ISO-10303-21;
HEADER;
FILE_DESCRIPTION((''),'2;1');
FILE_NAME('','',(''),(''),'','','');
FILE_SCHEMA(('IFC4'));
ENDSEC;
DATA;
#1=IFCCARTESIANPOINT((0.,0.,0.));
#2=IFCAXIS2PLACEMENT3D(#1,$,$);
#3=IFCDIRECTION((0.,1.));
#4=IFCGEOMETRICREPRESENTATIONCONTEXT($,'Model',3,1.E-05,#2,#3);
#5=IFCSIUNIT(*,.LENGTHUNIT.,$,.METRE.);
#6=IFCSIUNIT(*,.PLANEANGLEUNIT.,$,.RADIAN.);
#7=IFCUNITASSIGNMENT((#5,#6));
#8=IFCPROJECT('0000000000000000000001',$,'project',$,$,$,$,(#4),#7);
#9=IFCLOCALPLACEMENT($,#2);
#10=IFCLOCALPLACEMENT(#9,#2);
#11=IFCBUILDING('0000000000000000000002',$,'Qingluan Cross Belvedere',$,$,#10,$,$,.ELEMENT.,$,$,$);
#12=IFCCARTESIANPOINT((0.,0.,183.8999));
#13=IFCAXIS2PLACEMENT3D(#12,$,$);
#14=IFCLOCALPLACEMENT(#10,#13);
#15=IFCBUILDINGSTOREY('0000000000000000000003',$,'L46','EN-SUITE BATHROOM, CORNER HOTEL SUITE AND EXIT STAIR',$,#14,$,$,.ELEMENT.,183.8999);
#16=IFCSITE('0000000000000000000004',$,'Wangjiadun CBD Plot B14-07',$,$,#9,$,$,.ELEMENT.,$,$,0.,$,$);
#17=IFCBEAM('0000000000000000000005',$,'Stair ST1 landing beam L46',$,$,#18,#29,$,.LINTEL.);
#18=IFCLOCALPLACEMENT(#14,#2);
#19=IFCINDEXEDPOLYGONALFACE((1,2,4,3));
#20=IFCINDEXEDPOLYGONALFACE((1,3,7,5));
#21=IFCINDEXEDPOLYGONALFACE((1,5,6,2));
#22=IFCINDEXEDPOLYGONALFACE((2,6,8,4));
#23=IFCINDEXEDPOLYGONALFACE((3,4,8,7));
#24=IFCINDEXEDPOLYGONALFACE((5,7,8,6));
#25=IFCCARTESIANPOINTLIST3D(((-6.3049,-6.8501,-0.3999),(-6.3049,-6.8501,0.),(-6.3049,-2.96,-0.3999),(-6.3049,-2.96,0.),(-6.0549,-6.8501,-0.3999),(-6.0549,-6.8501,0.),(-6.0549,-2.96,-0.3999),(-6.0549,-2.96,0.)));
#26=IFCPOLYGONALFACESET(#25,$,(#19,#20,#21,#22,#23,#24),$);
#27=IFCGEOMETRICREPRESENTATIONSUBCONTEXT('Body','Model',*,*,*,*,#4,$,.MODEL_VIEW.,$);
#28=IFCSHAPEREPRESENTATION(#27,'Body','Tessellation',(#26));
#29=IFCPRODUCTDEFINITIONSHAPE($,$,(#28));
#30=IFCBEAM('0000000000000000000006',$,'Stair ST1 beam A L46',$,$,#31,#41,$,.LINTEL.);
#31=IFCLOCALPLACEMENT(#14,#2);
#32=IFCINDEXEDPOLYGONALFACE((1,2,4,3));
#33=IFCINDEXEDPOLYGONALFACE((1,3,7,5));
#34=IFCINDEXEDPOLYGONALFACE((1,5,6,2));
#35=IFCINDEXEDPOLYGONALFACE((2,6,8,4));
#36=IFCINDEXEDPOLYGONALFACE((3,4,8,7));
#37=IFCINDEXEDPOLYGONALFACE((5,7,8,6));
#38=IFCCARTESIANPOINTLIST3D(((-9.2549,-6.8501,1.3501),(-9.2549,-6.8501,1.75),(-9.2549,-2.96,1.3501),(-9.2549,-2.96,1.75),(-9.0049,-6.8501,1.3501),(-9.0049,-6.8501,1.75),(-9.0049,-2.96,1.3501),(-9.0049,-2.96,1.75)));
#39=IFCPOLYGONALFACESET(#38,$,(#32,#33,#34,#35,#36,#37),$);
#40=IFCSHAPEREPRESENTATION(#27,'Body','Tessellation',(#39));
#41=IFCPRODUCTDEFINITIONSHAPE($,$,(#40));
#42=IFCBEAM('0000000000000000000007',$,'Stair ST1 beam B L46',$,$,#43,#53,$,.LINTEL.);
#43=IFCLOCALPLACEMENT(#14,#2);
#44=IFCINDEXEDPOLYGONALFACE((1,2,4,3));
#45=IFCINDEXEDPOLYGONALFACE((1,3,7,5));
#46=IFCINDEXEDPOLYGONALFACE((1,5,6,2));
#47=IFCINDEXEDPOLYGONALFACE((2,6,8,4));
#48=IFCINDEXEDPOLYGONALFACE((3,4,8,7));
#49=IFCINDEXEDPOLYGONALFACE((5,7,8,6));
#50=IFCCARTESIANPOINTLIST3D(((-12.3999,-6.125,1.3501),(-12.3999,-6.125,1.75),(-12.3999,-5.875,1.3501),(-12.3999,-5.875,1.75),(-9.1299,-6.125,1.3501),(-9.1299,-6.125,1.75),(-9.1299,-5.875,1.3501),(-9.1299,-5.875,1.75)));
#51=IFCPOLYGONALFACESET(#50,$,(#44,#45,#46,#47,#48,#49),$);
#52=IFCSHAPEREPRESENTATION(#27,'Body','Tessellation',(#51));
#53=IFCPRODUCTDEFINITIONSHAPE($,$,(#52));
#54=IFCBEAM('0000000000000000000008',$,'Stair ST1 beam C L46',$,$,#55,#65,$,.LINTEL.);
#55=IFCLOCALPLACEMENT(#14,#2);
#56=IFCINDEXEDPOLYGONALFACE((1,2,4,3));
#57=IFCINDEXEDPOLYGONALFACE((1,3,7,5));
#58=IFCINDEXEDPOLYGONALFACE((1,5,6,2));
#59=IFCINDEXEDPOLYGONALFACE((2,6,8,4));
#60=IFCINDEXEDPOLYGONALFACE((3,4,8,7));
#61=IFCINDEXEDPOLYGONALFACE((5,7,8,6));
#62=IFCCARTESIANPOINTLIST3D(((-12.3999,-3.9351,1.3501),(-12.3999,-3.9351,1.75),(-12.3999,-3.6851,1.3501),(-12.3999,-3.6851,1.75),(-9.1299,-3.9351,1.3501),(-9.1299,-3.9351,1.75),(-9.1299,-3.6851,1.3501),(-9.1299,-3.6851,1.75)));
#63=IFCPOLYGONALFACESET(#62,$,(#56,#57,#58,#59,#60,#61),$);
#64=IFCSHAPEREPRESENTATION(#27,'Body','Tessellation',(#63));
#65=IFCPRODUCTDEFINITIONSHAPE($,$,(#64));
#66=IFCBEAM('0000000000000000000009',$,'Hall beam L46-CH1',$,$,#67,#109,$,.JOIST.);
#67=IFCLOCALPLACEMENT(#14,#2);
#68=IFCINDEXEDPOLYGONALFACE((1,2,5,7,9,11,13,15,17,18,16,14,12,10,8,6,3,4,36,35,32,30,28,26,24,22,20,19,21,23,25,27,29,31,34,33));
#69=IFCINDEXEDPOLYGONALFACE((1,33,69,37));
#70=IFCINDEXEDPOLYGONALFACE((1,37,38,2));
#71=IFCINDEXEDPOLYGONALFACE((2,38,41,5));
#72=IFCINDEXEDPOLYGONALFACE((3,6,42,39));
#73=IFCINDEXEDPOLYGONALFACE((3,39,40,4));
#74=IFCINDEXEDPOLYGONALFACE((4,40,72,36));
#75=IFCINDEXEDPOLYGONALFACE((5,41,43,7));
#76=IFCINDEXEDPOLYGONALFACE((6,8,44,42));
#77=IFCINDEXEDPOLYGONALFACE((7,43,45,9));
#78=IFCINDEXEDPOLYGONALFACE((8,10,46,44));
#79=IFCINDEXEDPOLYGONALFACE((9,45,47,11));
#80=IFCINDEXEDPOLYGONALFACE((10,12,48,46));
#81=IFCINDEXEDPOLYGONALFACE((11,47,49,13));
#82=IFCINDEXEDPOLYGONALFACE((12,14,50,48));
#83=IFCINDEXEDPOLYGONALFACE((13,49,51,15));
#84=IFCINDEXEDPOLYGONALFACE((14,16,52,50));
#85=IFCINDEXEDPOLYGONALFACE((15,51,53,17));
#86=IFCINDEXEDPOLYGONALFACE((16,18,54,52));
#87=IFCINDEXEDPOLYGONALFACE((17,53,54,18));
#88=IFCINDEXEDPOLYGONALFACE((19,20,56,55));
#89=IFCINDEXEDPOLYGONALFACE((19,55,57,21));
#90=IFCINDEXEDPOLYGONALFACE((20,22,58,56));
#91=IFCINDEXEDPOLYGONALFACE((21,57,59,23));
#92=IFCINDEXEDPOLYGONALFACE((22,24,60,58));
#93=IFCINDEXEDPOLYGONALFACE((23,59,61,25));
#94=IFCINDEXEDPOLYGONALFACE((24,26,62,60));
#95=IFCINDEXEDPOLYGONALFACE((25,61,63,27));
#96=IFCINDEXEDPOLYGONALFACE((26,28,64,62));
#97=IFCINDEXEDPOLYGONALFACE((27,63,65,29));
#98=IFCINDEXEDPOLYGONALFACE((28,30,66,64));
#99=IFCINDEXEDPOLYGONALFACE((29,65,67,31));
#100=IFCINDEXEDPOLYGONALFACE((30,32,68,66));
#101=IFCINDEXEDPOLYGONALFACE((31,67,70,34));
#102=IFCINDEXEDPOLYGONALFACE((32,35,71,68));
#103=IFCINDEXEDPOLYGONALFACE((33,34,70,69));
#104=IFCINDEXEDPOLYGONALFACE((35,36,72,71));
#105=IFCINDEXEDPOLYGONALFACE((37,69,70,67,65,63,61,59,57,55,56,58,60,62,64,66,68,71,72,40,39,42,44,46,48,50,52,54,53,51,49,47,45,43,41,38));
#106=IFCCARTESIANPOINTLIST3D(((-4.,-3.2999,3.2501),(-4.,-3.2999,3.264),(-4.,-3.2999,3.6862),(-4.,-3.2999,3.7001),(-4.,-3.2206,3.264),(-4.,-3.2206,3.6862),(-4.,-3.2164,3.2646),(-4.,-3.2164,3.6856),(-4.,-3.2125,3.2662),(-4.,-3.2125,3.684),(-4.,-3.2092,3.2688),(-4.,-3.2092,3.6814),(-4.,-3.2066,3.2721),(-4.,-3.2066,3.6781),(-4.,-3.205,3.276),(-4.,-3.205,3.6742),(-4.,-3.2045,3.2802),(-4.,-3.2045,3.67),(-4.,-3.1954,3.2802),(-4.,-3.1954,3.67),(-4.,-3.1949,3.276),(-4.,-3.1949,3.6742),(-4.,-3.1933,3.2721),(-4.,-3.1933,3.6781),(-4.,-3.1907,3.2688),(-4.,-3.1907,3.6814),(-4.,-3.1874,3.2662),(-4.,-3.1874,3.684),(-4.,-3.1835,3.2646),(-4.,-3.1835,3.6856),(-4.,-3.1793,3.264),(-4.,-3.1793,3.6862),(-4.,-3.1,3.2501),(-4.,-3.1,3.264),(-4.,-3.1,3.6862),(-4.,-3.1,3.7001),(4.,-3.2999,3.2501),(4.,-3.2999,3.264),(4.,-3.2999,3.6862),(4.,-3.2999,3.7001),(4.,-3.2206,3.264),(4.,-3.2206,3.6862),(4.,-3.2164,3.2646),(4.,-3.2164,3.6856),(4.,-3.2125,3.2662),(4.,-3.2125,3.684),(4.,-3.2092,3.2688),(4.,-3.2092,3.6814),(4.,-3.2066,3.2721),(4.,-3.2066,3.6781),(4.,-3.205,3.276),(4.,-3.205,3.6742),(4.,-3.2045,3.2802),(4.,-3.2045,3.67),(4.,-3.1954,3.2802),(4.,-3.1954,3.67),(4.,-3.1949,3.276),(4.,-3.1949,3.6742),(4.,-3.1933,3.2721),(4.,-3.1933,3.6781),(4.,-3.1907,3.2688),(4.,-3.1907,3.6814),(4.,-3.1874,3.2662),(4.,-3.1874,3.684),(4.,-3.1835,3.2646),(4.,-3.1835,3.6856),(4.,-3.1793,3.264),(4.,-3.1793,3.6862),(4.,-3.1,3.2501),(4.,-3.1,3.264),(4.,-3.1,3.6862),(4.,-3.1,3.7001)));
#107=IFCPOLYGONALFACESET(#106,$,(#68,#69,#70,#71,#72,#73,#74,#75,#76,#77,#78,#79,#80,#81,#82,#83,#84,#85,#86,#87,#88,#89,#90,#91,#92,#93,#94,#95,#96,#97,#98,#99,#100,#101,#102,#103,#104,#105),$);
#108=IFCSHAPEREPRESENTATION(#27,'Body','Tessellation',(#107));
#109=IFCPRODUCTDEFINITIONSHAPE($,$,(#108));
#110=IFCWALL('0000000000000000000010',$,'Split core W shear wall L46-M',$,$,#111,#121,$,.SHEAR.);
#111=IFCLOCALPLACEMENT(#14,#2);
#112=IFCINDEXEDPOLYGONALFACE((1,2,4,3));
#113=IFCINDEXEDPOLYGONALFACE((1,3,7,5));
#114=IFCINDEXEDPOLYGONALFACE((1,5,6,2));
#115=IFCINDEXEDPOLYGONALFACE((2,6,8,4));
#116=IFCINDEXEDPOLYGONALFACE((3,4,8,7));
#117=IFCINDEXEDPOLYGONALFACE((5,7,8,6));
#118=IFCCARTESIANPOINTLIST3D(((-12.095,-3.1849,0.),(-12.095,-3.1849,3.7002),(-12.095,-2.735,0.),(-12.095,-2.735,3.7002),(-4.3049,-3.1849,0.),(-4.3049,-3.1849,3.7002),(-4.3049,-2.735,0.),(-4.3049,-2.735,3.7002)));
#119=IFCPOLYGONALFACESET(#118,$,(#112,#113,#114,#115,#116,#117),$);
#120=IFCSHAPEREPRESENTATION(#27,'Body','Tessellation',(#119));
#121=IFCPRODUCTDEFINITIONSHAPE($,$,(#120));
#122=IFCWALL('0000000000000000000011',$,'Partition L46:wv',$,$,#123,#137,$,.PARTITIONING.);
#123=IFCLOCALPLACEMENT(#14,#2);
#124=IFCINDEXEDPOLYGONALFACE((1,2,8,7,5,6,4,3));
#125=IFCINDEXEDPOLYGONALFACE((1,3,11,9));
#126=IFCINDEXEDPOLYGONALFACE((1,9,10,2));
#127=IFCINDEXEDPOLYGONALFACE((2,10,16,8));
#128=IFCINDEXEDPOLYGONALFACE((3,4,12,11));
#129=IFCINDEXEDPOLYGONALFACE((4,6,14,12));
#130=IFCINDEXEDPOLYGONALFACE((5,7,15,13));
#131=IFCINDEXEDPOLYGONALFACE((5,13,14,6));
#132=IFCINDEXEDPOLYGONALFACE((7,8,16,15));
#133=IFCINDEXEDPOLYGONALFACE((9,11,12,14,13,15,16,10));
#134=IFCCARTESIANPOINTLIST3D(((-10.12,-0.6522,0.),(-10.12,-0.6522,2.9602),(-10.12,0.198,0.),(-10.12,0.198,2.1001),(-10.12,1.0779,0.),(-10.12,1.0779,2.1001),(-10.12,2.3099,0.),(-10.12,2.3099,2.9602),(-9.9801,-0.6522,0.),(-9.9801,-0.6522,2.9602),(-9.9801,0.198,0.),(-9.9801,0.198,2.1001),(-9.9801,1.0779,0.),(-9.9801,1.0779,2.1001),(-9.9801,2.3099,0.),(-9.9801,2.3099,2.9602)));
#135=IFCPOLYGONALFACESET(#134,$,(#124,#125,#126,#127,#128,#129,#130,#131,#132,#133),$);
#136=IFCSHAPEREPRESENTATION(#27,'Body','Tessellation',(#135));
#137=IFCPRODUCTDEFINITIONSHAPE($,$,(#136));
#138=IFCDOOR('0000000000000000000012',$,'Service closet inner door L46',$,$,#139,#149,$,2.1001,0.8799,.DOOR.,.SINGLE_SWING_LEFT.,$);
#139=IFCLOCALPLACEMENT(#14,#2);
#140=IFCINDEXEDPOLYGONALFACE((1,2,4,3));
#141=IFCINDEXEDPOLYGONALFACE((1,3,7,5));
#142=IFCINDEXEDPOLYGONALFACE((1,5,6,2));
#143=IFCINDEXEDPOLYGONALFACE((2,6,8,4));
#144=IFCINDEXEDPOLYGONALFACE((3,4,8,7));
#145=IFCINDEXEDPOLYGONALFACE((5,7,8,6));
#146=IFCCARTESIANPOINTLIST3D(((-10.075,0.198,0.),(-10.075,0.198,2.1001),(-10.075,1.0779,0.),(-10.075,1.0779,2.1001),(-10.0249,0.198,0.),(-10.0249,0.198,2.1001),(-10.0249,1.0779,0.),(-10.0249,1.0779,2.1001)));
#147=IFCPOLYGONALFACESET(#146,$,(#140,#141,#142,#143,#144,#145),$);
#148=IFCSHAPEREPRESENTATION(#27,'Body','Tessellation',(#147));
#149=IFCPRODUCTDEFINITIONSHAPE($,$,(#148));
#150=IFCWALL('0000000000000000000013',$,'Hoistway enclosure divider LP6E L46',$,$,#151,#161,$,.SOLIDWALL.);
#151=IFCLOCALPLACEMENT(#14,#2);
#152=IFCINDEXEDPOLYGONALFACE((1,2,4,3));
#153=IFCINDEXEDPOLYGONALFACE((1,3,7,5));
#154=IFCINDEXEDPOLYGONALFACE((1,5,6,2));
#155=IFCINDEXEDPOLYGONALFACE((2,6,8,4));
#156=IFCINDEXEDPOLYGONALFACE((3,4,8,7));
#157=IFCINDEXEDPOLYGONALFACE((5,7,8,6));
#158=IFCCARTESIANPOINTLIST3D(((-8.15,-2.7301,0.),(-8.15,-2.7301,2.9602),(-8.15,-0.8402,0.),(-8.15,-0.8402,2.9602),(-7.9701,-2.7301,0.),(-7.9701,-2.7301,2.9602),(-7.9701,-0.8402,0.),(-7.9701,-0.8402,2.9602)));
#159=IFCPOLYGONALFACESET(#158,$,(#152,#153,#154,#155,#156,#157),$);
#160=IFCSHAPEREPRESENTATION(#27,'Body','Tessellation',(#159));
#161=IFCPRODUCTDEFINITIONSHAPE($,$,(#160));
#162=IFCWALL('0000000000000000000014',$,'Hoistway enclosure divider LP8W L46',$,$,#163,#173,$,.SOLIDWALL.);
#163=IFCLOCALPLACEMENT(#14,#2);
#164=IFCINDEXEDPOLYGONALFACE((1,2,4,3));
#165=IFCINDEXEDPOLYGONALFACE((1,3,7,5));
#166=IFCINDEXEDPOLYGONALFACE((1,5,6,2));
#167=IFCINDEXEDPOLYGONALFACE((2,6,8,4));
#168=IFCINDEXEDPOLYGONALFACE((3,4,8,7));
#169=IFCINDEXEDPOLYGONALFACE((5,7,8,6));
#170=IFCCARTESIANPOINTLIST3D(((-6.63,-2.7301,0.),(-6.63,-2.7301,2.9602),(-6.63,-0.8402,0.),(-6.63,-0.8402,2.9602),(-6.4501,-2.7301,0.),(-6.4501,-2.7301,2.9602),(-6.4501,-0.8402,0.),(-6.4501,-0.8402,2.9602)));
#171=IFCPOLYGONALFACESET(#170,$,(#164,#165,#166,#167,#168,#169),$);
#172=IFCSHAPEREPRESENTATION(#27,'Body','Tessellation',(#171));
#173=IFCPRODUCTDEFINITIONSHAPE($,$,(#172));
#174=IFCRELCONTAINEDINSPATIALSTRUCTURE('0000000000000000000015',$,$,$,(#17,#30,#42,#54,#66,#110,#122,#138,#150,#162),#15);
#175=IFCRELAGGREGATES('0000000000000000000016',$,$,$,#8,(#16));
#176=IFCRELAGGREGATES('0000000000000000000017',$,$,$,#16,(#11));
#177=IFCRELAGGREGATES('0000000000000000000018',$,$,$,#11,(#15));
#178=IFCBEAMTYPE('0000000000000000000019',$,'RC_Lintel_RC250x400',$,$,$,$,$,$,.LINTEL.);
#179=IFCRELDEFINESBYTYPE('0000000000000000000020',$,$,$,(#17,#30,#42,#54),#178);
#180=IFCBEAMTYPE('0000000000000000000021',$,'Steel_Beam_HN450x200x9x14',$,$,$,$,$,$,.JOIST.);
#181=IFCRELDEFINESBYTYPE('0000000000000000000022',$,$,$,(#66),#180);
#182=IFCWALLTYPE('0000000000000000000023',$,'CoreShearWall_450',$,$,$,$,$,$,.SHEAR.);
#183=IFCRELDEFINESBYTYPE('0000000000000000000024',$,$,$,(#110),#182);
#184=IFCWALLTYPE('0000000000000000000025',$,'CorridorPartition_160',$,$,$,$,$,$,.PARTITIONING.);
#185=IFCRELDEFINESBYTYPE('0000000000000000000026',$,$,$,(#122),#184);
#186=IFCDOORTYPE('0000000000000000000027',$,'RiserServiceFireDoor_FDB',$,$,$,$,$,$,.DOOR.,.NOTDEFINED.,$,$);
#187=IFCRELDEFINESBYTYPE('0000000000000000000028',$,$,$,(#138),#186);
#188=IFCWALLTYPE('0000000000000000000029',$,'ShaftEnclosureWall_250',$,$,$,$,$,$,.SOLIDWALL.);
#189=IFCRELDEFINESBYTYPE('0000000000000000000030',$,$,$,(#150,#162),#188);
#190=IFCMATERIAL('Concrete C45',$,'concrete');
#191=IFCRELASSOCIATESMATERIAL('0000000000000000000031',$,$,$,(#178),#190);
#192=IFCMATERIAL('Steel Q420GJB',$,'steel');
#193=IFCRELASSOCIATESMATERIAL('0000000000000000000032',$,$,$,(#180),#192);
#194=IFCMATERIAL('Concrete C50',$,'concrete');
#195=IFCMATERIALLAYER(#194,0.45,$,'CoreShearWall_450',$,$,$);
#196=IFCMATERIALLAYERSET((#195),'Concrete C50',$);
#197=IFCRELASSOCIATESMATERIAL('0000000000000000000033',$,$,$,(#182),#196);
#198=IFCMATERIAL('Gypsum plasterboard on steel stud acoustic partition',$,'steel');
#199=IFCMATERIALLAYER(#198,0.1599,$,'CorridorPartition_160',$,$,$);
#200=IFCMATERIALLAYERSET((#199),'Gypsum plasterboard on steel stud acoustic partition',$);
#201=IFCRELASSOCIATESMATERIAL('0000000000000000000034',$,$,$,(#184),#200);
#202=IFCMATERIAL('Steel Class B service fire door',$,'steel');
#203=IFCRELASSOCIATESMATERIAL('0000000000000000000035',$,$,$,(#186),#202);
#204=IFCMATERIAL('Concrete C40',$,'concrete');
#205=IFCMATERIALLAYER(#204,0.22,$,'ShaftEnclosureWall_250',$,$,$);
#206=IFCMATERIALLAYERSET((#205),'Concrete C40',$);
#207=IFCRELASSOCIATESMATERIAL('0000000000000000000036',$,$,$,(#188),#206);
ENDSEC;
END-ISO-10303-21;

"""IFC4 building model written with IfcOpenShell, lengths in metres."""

from ifc_helpers import new_model, si_unit, direction, frame, frame_2d, origin, origin_2d, place, context, subcontext, project, spatial, rectangle, i_section, extrude, material, layer, layer_set, material_profile, profile_set, type_object, element, fill, save


model = new_model("IFC4")

# Units and contexts
model_context = context("Model", 3, precision=1e-05, world=origin(), true_north=direction((0.0, 1.0)))
body_context = subcontext(model_context, "Body", "Model", "MODEL_VIEW")
ifc_project = project(units=[si_unit("LENGTHUNIT", "METRE"), si_unit("PLANEANGLEUNIT", "RADIAN")], contexts=[model_context])

# Site, building, storey
site_placement = place(None, origin())
site = spatial("IfcSite", under=ifc_project, at=site_placement, Name="Wangjiadun CBD Plot B14-07", CompositionType="ELEMENT", RefElevation=0.0)
building_placement = place(site_placement, origin())
building = spatial("IfcBuilding", under=site, at=building_placement, Name="Qingluan Cross Belvedere", CompositionType="ELEMENT")
storey_placement = place(building_placement, frame((0.0, 0.0, 183.8999)))
storey = spatial("IfcBuildingStorey", under=building, at=storey_placement, Name="L46", Description="EN-SUITE BATHROOM, CORNER HOTEL SUITE AND EXIT STAIR", CompositionType="ELEMENT", Elevation=183.8999)

# Beams
ifc_material_1 = material(Name="Concrete C45", Category="concrete")
ifc_material_profile_1 = material_profile(ifc_material_1, rectangle(XDim=0.25, YDim=0.3999, at=origin_2d()), Name="RC250x400")
ifc_profile_set_1 = profile_set([ifc_material_profile_1], Name="Concrete C45")
beam_type_1 = type_object("IfcBeamType", Name="RC_Lintel_RC250x400", PredefinedType="LINTEL", material=ifc_profile_set_1)
for number, where, z_axis, x_axis, name in (
    (1, (-6.1799, -6.8501, -0.2), (0.0, 1.0, 0.0), (-1.0, 0.0, 0.0), "Stair ST1 landing beam L46"),
    (2, (-9.1299, -6.8501, 1.55), (0.0, 1.0, 0.0), (-1.0, 0.0, 0.0), "Stair ST1 beam A L46"),
):
    element("IfcBeam", number, at=place(storey_placement, frame(where, z_axis=z_axis, x_axis=x_axis)), inside=storey, type_object=beam_type_1, Name=name, PredefinedType="LINTEL", context=body_context, shape_type="SweptSolid", body=[
        extrude(rectangle(XDim=0.25, YDim=0.3999, at=origin_2d()), origin(), (0.0, 0.0, 1.0), 3.8901),
    ])
for number, where, z_axis, x_axis, name in (
    (3, (-12.3999, -6.0, 1.55), (1.0, 0.0, 0.0), (0.0, 1.0, 0.0), "Stair ST1 beam B L46"),
    (4, (-12.3999, -3.8101, 1.55), (1.0, 0.0, 0.0), (0.0, 1.0, 0.0), "Stair ST1 beam C L46"),
):
    element("IfcBeam", number, at=place(storey_placement, frame(where, z_axis=z_axis, x_axis=x_axis)), inside=storey, type_object=beam_type_1, Name=name, PredefinedType="LINTEL", context=body_context, shape_type="SweptSolid", body=[
        extrude(rectangle(XDim=0.25, YDim=0.3999, at=origin_2d()), origin(), (0.0, 0.0, 1.0), 3.27),
    ])
ifc_material_2 = material(Name="Steel Q420GJB", Category="steel")
ifc_material_profile_2 = material_profile(ifc_material_2, i_section(OverallWidth=0.2, OverallDepth=0.45, WebThickness=0.009, FlangeThickness=0.0139, FilletRadius=0.0161, at=origin_2d()), Name="HN450x200x9x14")
ifc_profile_set_2 = profile_set([ifc_material_profile_2], Name="Steel Q420GJB")
beam_type_2 = type_object("IfcBeamType", Name="Steel_Beam_HN450x200x9x14", PredefinedType="JOIST", material=ifc_profile_set_2)
beam_placement = place(storey_placement, frame((-4.0, -3.2, 3.4751), z_axis=(1.0, 0.0, 0.0), x_axis=(0.0, 1.0, 0.0)))
element("IfcBeam", 5, at=beam_placement, inside=storey, type_object=beam_type_2, Name="Hall beam L46-CH1", PredefinedType="JOIST", context=body_context, shape_type="SweptSolid", body=[
    extrude(i_section(OverallWidth=0.2, OverallDepth=0.45, WebThickness=0.009, FlangeThickness=0.0139, FilletRadius=0.0161, at=origin_2d()), origin(), (0.0, 0.0, 1.0), 8.0),
])

# Wall
ifc_material_3 = material(Name="Concrete C50", Category="concrete")
ifc_layer_1 = layer(ifc_material_3, 0.45, Name="CoreShearWall_450")
ifc_layer_set_1 = layer_set([ifc_layer_1], Name="Concrete C50")
wall_type_1 = type_object("IfcWallType", Name="CoreShearWall_450", PredefinedType="SHEAR", material=ifc_layer_set_1)
wall_1_placement = place(storey_placement, frame((-12.095, -2.96, 0.0), z_axis=(0.0, 0.0, 1.0), x_axis=(1.0, 0.0, 0.0)))
element("IfcWall", 6, at=wall_1_placement, inside=storey, type_object=wall_type_1, Name="Split core W shear wall L46-M", PredefinedType="SHEAR", context=body_context, shape_type="SweptSolid", body=[
    extrude(rectangle(XDim=7.79, YDim=0.45, at=frame_2d((3.895, 0.0))), origin(), (0.0, 0.0, 1.0), 3.7002),
])

# Wall, opening, door
ifc_material_4 = material(Name="Gypsum plasterboard on steel stud acoustic partition", Category="steel")
ifc_layer_2 = layer(ifc_material_4, 0.1599, Name="CorridorPartition_160")
ifc_layer_set_2 = layer_set([ifc_layer_2], Name="Gypsum plasterboard on steel stud acoustic partition")
wall_type_2 = type_object("IfcWallType", Name="CorridorPartition_160", PredefinedType="PARTITIONING", material=ifc_layer_set_2)
wall_2_placement = place(storey_placement, frame((-10.05, -0.6521, 0.0), z_axis=(0.0, 0.0, 1.0), x_axis=(0.0, 1.0, 0.0)))
wall_2 = element("IfcWall", 7, at=wall_2_placement, inside=storey, type_object=wall_type_2, Name="Partition L46:wv", PredefinedType="PARTITIONING", context=body_context, shape_type="SweptSolid", body=[
    extrude(rectangle(XDim=2.9622, YDim=0.1399, at=frame_2d((1.481, 0.0))), origin(), (0.0, 0.0, 1.0), 2.9602),
])
opening_1_placement = place(wall_2_placement, frame((0.8501, 0.0, 0.0)))
opening_1 = element("IfcOpeningElement", 8, at=opening_1_placement, cuts=wall_2, PredefinedType="OPENING", context=body_context, shape_type="SweptSolid", body=[
    extrude(rectangle(XDim=0.8799, YDim=2.1001, at=frame_2d((0.4399, 1.05))), frame((0.0, 0.0798, 0.0), z_axis=(0.0, -1.0, 0.0), x_axis=(1.0, 0.0, 0.0)), (0.0, 0.0, 1.0), 0.1599),
])
ifc_material_5 = material(Name="Steel Class B service fire door", Category="steel")
door_type_1 = type_object("IfcDoorType", Name="RiserServiceFireDoor_FDB", OperationType="NOTDEFINED", PredefinedType="DOOR", material=ifc_material_5)
door_1_placement = place(opening_1_placement, origin())
door_1 = element("IfcDoor", 9, at=door_1_placement, inside=storey, type_object=door_type_1, Name="Service closet inner door L46", OperationType="SINGLE_SWING_LEFT", OverallHeight=2.1001, OverallWidth=0.8799, PredefinedType="DOOR", context=body_context, shape_type="SweptSolid", body=[
    extrude(rectangle(XDim=0.8799, YDim=2.1001, at=frame_2d((0.4399, 1.05))), frame((0.0, 0.0249, 0.0), z_axis=(0.0, -1.0, 0.0), x_axis=(1.0, 0.0, 0.0)), (0.0, 0.0, 1.0), 0.05),
])
fill(opening_1, door_1)

# Shared definitions
ifc_material_6 = material(Name="Concrete C40", Category="concrete")
ifc_layer_3 = layer(ifc_material_6, 0.22, Name="ShaftEnclosureWall_250")
ifc_layer_set_3 = layer_set([ifc_layer_3], Name="Concrete C40")
wall_type_3 = type_object("IfcWallType", Name="ShaftEnclosureWall_250", PredefinedType="SOLIDWALL", material=ifc_layer_set_3)

# Walls
for number, where, z_axis, x_axis, name in (
    (10, (-8.0601, -2.73, 0.0), (0.0, 0.0, 1.0), (0.0, 1.0, 0.0), "Hoistway enclosure divider LP6E L46"),
    (11, (-6.54, -2.73, 0.0), (0.0, 0.0, 1.0), (0.0, 1.0, 0.0), "Hoistway enclosure divider LP8W L46"),
):
    element("IfcWall", number, at=place(storey_placement, frame(where, z_axis=z_axis, x_axis=x_axis)), inside=storey, type_object=wall_type_3, Name=name, PredefinedType="SOLIDWALL", context=body_context, shape_type="SweptSolid", body=[
        extrude(rectangle(XDim=1.8899, YDim=0.1799, at=frame_2d((0.9448, 0.0))), origin(), (0.0, 0.0, 1.0), 2.9602),
    ])

save(model, "model.ifc")
